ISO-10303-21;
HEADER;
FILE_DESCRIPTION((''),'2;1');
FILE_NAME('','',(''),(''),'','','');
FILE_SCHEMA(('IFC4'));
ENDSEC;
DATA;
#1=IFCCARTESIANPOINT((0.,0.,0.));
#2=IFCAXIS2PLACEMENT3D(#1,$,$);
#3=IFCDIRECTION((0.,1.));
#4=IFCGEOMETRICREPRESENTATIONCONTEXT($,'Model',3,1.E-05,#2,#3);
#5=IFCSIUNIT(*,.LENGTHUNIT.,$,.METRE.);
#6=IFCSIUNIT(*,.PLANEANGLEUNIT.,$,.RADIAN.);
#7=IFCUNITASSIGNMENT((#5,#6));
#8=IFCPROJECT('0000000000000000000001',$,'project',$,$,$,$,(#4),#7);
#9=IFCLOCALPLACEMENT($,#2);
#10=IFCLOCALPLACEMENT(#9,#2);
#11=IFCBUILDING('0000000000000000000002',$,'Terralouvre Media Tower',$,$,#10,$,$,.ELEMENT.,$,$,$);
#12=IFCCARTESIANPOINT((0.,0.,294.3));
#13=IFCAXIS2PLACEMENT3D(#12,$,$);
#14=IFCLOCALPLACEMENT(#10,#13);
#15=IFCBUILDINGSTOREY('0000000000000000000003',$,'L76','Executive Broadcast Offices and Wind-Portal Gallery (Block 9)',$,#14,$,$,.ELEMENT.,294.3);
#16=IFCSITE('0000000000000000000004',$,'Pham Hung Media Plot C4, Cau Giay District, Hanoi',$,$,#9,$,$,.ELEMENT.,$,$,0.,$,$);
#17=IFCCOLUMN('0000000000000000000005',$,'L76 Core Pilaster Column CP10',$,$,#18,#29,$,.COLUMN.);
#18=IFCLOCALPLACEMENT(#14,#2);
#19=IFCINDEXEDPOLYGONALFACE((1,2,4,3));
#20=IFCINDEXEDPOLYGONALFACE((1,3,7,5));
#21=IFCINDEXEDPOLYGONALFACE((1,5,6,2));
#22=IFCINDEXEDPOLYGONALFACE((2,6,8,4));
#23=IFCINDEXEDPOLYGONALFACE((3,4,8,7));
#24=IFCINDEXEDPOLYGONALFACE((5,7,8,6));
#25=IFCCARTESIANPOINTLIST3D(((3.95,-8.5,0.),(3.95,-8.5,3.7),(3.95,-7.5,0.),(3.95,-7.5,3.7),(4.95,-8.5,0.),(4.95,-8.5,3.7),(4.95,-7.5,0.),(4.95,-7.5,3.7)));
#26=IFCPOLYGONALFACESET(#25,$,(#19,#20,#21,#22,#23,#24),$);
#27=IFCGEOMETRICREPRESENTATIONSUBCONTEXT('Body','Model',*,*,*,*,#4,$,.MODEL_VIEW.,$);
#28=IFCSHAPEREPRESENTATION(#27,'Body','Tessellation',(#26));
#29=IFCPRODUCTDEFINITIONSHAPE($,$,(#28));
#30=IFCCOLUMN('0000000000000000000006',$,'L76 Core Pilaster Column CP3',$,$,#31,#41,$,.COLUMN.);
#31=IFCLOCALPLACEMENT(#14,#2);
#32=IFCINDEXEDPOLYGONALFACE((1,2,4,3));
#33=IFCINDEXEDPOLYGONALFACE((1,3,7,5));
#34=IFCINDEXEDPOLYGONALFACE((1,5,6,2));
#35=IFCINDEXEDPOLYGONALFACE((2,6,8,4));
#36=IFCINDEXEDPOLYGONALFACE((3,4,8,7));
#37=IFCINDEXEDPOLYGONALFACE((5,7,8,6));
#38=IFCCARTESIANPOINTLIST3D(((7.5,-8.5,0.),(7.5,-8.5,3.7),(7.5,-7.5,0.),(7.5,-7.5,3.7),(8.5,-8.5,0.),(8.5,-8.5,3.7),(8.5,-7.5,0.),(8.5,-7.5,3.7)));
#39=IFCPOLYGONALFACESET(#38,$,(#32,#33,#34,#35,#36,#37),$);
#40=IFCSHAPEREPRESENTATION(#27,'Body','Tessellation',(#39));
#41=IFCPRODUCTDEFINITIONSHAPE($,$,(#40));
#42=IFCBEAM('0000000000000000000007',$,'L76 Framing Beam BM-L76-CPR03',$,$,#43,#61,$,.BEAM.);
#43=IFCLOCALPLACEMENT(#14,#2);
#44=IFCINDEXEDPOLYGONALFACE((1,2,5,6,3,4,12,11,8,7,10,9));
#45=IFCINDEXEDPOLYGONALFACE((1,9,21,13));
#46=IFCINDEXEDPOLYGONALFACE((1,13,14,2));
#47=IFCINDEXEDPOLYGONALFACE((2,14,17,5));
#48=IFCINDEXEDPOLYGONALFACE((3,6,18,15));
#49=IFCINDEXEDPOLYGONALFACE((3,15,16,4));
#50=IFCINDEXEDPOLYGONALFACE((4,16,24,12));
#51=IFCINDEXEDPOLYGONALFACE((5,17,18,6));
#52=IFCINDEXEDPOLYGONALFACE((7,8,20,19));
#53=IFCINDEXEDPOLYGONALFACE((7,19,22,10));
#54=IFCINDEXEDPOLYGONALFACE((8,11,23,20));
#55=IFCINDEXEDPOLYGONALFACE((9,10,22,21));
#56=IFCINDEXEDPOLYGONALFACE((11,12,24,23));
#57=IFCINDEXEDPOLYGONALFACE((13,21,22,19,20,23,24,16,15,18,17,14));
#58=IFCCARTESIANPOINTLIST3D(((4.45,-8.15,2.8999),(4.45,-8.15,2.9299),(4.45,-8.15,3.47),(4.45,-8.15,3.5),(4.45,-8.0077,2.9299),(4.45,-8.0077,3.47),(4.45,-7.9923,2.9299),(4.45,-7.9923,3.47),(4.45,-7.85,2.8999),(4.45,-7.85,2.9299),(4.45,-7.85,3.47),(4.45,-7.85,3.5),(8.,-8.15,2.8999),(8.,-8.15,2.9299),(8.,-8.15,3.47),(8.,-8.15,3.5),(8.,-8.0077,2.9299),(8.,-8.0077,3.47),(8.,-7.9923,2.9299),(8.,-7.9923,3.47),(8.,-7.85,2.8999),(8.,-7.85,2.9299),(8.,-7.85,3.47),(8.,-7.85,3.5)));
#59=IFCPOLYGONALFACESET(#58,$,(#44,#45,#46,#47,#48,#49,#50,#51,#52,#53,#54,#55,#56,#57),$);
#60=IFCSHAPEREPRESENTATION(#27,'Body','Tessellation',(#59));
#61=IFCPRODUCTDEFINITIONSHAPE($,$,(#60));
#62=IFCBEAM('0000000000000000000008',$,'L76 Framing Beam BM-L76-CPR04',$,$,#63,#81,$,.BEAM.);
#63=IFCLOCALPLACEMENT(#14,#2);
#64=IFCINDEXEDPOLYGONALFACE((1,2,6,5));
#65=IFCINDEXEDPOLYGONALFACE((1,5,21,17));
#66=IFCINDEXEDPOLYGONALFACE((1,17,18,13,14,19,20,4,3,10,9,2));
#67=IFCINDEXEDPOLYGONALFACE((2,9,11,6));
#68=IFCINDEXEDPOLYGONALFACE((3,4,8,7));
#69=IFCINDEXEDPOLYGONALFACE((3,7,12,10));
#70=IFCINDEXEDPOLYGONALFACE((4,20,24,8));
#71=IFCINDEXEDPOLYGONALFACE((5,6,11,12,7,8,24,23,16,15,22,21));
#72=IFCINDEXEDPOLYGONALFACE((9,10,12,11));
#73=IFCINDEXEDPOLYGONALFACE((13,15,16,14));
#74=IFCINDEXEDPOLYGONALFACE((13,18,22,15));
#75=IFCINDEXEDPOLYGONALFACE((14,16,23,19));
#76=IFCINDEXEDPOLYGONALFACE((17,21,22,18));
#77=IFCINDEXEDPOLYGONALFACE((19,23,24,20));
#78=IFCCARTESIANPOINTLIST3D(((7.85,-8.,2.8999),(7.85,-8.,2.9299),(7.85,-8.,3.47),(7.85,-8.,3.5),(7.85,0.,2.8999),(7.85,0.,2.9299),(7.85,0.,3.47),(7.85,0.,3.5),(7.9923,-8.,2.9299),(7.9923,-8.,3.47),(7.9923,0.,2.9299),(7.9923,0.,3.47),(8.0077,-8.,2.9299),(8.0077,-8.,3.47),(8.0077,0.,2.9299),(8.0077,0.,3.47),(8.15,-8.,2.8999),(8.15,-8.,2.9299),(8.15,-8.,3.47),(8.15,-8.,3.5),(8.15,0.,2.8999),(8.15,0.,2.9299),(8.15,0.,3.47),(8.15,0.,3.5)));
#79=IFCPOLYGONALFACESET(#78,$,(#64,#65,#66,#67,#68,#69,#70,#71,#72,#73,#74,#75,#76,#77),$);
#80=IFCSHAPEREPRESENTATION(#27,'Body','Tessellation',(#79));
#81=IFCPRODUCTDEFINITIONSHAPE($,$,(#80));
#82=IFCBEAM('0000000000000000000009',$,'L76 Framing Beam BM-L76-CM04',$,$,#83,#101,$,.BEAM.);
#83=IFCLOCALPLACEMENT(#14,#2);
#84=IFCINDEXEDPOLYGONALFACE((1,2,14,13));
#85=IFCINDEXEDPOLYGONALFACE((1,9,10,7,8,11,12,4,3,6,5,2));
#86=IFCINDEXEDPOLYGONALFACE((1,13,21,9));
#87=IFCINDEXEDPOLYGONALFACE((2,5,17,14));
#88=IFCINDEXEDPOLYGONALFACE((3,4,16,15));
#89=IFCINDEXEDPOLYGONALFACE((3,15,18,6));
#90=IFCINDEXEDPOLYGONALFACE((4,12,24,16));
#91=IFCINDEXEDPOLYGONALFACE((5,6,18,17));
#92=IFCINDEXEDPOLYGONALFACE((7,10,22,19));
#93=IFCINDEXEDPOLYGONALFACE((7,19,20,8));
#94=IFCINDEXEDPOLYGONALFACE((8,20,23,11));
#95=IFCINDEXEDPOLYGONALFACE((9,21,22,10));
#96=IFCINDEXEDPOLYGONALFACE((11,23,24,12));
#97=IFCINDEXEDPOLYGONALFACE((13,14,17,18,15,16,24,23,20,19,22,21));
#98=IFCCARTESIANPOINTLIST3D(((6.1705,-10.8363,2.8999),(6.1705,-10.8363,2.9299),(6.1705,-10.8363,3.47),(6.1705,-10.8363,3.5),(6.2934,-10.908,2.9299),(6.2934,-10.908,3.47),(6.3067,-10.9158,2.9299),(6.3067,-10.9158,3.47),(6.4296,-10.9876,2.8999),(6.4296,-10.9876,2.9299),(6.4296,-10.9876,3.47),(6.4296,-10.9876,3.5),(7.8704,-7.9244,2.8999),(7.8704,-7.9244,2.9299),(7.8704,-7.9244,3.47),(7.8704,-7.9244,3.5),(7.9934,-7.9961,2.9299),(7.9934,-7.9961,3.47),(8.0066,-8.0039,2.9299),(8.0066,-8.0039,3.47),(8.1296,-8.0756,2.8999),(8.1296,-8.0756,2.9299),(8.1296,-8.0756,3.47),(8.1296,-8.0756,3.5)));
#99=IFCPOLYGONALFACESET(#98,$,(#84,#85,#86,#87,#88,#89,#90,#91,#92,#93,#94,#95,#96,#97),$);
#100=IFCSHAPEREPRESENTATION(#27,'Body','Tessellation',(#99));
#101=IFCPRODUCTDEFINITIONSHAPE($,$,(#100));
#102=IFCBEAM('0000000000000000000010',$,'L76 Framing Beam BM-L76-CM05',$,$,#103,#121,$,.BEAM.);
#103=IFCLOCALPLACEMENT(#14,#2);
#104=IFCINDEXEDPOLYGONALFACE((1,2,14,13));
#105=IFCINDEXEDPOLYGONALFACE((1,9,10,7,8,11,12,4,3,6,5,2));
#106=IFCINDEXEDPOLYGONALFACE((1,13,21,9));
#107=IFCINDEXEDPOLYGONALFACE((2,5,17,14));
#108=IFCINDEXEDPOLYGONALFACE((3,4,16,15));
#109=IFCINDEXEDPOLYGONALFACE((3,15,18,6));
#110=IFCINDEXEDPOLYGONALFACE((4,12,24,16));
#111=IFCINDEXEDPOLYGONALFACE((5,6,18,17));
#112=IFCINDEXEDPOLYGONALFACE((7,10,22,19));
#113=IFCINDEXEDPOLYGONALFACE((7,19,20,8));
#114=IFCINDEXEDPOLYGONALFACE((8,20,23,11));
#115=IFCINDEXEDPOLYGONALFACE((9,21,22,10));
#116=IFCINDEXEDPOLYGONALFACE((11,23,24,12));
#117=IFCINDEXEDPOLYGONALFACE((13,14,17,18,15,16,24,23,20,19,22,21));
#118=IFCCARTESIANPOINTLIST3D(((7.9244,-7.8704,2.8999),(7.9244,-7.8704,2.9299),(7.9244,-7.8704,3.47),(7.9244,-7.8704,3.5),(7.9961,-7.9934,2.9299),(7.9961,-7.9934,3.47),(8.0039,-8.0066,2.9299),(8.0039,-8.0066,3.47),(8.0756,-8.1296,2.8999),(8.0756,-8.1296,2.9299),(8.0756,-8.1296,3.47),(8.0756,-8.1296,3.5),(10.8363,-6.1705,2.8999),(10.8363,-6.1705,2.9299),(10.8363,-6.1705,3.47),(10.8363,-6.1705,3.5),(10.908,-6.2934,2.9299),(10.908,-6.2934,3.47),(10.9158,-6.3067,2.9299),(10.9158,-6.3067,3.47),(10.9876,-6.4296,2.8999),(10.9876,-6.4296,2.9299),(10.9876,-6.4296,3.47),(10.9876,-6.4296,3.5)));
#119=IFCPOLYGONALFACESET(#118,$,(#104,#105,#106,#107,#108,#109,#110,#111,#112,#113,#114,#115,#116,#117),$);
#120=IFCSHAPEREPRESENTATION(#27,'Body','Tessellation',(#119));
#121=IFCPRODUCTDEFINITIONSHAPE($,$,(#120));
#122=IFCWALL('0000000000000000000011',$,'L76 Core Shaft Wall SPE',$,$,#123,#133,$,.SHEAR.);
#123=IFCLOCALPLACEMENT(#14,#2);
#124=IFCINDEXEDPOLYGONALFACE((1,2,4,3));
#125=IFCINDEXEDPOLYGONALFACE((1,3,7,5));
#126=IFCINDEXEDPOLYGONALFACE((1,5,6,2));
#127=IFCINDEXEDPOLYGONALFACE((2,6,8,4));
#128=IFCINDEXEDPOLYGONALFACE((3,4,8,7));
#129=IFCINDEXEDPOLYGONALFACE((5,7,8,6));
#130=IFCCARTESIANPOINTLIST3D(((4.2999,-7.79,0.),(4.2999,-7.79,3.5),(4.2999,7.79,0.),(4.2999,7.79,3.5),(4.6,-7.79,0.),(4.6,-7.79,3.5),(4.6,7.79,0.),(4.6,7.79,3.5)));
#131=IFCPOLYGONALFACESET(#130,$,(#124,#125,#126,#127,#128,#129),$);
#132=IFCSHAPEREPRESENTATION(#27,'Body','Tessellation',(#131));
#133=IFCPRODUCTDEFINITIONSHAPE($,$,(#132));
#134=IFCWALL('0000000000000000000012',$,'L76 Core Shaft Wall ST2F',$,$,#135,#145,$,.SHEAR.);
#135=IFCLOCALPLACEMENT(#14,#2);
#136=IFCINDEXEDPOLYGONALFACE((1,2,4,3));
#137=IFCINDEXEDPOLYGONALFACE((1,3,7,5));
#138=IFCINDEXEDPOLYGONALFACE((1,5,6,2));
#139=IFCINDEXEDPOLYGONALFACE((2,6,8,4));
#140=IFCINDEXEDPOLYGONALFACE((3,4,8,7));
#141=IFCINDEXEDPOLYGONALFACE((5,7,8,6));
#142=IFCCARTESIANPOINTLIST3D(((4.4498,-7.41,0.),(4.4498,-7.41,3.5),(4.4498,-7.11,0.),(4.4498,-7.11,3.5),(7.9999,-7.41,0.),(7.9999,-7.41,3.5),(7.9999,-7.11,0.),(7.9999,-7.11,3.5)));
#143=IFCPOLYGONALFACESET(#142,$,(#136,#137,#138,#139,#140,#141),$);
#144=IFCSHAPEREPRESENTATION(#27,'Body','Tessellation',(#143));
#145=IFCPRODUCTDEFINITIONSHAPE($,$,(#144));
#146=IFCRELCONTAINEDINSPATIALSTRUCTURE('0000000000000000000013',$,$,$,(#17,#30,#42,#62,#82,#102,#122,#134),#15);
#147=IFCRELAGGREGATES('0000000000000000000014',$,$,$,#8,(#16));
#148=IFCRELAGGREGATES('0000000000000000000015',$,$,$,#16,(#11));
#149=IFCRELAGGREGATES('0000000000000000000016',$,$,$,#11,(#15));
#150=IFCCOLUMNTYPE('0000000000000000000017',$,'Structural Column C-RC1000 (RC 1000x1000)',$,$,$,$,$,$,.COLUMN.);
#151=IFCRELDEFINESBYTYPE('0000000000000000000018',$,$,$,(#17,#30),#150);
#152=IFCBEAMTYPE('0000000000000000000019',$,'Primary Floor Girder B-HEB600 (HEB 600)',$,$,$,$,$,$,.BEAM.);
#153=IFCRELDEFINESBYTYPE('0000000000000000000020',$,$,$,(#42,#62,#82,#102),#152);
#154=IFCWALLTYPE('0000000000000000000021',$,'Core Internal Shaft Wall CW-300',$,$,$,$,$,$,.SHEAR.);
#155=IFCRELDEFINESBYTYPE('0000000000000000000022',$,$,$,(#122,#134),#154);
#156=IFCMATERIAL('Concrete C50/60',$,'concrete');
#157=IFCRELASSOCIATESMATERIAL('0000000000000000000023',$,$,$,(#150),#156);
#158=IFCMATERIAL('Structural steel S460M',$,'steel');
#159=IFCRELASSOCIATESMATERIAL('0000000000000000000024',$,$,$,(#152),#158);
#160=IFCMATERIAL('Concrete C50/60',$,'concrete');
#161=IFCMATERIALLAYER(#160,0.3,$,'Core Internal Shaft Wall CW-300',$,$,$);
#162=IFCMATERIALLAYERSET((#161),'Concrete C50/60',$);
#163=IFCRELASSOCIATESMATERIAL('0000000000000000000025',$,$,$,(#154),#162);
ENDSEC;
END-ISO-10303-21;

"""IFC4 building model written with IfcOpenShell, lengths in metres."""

from ifc_helpers import new_model, si_unit, direction, frame, frame_2d, origin, origin_2d, place, context, subcontext, project, spatial, rectangle, i_section, extrude, material, layer, layer_set, material_profile, profile_set, type_object, element, save


model = new_model("IFC4")

# Units and contexts
model_context = context("Model", 3, precision=1e-05, world=origin(), true_north=direction((0.0, 1.0)))
body_context = subcontext(model_context, "Body", "Model", "MODEL_VIEW")
ifc_project = project(units=[si_unit("LENGTHUNIT", "METRE"), si_unit("PLANEANGLEUNIT", "RADIAN")], contexts=[model_context])

# Site, building, storey
site_placement = place(None, origin())
site = spatial("IfcSite", under=ifc_project, at=site_placement, Name="Pham Hung Media Plot C4, Cau Giay District, Hanoi", CompositionType="ELEMENT", RefElevation=0.0)
building_placement = place(site_placement, origin())
building = spatial("IfcBuilding", under=site, at=building_placement, Name="Terralouvre Media Tower", CompositionType="ELEMENT")
storey_placement = place(building_placement, frame((0.0, 0.0, 294.3)))
storey = spatial("IfcBuildingStorey", under=building, at=storey_placement, Name="L76", Description="Executive Broadcast Offices and Wind-Portal Gallery (Block 9)", CompositionType="ELEMENT", Elevation=294.3)

# Columns
ifc_material_1 = material(Name="Concrete C50/60", Category="concrete")
ifc_material_profile_1 = material_profile(ifc_material_1, rectangle(XDim=1.0, YDim=1.0, at=origin_2d()), Name="RC 1000x1000")
ifc_profile_set_1 = profile_set([ifc_material_profile_1], Name="Concrete C50/60")
column_type = type_object("IfcColumnType", Name="Structural Column C-RC1000 (RC 1000x1000)", PredefinedType="COLUMN", material=ifc_profile_set_1)
for number, where, z_axis, x_axis, name in (
    (1, (4.45, -8.0, 0.0), (0.0, 0.0, 1.0), (1.0, 0.0, 0.0), "L76 Core Pilaster Column CP10"),
    (2, (8.0, -8.0, 0.0), (0.0, 0.0, 1.0), (1.0, 0.0, 0.0), "L76 Core Pilaster Column CP3"),
):
    element("IfcColumn", number, at=place(storey_placement, frame(where, z_axis=z_axis, x_axis=x_axis)), inside=storey, type_object=column_type, Name=name, PredefinedType="COLUMN", context=body_context, shape_type="SweptSolid", body=[
        extrude(rectangle(XDim=1.0, YDim=1.0, at=origin_2d()), origin(), (0.0, 0.0, 1.0), 3.7),
    ])

# Beams
ifc_material_2 = material(Name="Structural steel S460M", Category="steel")
ifc_material_profile_2 = material_profile(ifc_material_2, i_section(OverallWidth=0.3, OverallDepth=0.6001, WebThickness=0.0154, FlangeThickness=0.03, at=origin_2d()), Name="HEB 600")
ifc_profile_set_2 = profile_set([ifc_material_profile_2], Name="Structural steel S460M")
beam_type = type_object("IfcBeamType", Name="Primary Floor Girder B-HEB600 (HEB 600)", PredefinedType="BEAM", material=ifc_profile_set_2)
beam_1_placement = place(storey_placement, frame((4.45, -8.0, 3.2), z_axis=(1.0, 0.0, 0.0), x_axis=(0.0, 1.0, 0.0)))
element("IfcBeam", 3, at=beam_1_placement, inside=storey, type_object=beam_type, Name="L76 Framing Beam BM-L76-CPR03", PredefinedType="BEAM", context=body_context, shape_type="SweptSolid", body=[
    extrude(i_section(OverallWidth=0.3, OverallDepth=0.6001, WebThickness=0.0154, FlangeThickness=0.03, at=origin_2d()), origin(), (0.0, 0.0, 1.0), 3.55),
])
beam_2_placement = place(storey_placement, frame((8.0, -8.0, 3.2), z_axis=(0.0, 1.0, 0.0), x_axis=(-1.0, 0.0, 0.0)))
element("IfcBeam", 4, at=beam_2_placement, inside=storey, type_object=beam_type, Name="L76 Framing Beam BM-L76-CPR04", PredefinedType="BEAM", context=body_context, shape_type="SweptSolid", body=[
    extrude(i_section(OverallWidth=0.3, OverallDepth=0.6001, WebThickness=0.0154, FlangeThickness=0.03, at=origin_2d()), origin(), (0.0, 0.0, 1.0), 8.0),
])
for number, where, z_axis, x_axis, name in (
    (5, (8.0, -8.0, 3.2), (-0.504173, -0.863603, 0.0), (0.863603, -0.504173, 0.0), "L76 Framing Beam BM-L76-CM04"),
    (6, (8.0, -8.0, 3.2), (0.863603, 0.504173, 0.0), (-0.504173, 0.863603, 0.0), "L76 Framing Beam BM-L76-CM05"),
):
    element("IfcBeam", number, at=place(storey_placement, frame(where, z_axis=z_axis, x_axis=x_axis)), inside=storey, type_object=beam_type, Name=name, PredefinedType="BEAM", context=body_context, shape_type="SweptSolid", body=[
        extrude(i_section(OverallWidth=0.3, OverallDepth=0.6001, WebThickness=0.0154, FlangeThickness=0.03, at=origin_2d()), origin(), (0.0, 0.0, 1.0), 3.3718),
    ])

# Wall
ifc_material_3 = material(Name="Concrete C50/60", Category="concrete")
ifc_layer_1 = layer(ifc_material_3, 0.3, Name="Core Internal Shaft Wall CW-300")
ifc_layer_set_1 = layer_set([ifc_layer_1], Name="Concrete C50/60")
wall_type_1 = type_object("IfcWallType", Name="Core Internal Shaft Wall CW-300", PredefinedType="SHEAR", material=ifc_layer_set_1)
wall_1_placement = place(storey_placement, frame((4.45, -7.79, 0.0), z_axis=(0.0, 0.0, 1.0), x_axis=(0.0, 1.0, 0.0)))
element("IfcWall", 7, at=wall_1_placement, inside=storey, type_object=wall_type_1, Name="L76 Core Shaft Wall SPE", PredefinedType="SHEAR", context=body_context, shape_type="SweptSolid", body=[
    extrude(rectangle(XDim=15.5801, YDim=0.3, at=frame_2d((7.79, 0.0))), origin(), (0.0, 0.0, 1.0), 3.5),
])

# Wall
wall_2_placement = place(storey_placement, frame((4.45, -7.26, 0.0), z_axis=(0.0, 0.0, 1.0), x_axis=(1.0, 0.0, 0.0)))
element("IfcWall", 8, at=wall_2_placement, inside=storey, type_object=wall_type_1, Name="L76 Core Shaft Wall ST2F", PredefinedType="SHEAR", context=body_context, shape_type="SweptSolid", body=[
    extrude(rectangle(XDim=3.55, YDim=0.3, at=frame_2d((1.7749, 0.0))), origin(), (0.0, 0.0, 1.0), 3.5),
])

save(model, "model.ifc")
